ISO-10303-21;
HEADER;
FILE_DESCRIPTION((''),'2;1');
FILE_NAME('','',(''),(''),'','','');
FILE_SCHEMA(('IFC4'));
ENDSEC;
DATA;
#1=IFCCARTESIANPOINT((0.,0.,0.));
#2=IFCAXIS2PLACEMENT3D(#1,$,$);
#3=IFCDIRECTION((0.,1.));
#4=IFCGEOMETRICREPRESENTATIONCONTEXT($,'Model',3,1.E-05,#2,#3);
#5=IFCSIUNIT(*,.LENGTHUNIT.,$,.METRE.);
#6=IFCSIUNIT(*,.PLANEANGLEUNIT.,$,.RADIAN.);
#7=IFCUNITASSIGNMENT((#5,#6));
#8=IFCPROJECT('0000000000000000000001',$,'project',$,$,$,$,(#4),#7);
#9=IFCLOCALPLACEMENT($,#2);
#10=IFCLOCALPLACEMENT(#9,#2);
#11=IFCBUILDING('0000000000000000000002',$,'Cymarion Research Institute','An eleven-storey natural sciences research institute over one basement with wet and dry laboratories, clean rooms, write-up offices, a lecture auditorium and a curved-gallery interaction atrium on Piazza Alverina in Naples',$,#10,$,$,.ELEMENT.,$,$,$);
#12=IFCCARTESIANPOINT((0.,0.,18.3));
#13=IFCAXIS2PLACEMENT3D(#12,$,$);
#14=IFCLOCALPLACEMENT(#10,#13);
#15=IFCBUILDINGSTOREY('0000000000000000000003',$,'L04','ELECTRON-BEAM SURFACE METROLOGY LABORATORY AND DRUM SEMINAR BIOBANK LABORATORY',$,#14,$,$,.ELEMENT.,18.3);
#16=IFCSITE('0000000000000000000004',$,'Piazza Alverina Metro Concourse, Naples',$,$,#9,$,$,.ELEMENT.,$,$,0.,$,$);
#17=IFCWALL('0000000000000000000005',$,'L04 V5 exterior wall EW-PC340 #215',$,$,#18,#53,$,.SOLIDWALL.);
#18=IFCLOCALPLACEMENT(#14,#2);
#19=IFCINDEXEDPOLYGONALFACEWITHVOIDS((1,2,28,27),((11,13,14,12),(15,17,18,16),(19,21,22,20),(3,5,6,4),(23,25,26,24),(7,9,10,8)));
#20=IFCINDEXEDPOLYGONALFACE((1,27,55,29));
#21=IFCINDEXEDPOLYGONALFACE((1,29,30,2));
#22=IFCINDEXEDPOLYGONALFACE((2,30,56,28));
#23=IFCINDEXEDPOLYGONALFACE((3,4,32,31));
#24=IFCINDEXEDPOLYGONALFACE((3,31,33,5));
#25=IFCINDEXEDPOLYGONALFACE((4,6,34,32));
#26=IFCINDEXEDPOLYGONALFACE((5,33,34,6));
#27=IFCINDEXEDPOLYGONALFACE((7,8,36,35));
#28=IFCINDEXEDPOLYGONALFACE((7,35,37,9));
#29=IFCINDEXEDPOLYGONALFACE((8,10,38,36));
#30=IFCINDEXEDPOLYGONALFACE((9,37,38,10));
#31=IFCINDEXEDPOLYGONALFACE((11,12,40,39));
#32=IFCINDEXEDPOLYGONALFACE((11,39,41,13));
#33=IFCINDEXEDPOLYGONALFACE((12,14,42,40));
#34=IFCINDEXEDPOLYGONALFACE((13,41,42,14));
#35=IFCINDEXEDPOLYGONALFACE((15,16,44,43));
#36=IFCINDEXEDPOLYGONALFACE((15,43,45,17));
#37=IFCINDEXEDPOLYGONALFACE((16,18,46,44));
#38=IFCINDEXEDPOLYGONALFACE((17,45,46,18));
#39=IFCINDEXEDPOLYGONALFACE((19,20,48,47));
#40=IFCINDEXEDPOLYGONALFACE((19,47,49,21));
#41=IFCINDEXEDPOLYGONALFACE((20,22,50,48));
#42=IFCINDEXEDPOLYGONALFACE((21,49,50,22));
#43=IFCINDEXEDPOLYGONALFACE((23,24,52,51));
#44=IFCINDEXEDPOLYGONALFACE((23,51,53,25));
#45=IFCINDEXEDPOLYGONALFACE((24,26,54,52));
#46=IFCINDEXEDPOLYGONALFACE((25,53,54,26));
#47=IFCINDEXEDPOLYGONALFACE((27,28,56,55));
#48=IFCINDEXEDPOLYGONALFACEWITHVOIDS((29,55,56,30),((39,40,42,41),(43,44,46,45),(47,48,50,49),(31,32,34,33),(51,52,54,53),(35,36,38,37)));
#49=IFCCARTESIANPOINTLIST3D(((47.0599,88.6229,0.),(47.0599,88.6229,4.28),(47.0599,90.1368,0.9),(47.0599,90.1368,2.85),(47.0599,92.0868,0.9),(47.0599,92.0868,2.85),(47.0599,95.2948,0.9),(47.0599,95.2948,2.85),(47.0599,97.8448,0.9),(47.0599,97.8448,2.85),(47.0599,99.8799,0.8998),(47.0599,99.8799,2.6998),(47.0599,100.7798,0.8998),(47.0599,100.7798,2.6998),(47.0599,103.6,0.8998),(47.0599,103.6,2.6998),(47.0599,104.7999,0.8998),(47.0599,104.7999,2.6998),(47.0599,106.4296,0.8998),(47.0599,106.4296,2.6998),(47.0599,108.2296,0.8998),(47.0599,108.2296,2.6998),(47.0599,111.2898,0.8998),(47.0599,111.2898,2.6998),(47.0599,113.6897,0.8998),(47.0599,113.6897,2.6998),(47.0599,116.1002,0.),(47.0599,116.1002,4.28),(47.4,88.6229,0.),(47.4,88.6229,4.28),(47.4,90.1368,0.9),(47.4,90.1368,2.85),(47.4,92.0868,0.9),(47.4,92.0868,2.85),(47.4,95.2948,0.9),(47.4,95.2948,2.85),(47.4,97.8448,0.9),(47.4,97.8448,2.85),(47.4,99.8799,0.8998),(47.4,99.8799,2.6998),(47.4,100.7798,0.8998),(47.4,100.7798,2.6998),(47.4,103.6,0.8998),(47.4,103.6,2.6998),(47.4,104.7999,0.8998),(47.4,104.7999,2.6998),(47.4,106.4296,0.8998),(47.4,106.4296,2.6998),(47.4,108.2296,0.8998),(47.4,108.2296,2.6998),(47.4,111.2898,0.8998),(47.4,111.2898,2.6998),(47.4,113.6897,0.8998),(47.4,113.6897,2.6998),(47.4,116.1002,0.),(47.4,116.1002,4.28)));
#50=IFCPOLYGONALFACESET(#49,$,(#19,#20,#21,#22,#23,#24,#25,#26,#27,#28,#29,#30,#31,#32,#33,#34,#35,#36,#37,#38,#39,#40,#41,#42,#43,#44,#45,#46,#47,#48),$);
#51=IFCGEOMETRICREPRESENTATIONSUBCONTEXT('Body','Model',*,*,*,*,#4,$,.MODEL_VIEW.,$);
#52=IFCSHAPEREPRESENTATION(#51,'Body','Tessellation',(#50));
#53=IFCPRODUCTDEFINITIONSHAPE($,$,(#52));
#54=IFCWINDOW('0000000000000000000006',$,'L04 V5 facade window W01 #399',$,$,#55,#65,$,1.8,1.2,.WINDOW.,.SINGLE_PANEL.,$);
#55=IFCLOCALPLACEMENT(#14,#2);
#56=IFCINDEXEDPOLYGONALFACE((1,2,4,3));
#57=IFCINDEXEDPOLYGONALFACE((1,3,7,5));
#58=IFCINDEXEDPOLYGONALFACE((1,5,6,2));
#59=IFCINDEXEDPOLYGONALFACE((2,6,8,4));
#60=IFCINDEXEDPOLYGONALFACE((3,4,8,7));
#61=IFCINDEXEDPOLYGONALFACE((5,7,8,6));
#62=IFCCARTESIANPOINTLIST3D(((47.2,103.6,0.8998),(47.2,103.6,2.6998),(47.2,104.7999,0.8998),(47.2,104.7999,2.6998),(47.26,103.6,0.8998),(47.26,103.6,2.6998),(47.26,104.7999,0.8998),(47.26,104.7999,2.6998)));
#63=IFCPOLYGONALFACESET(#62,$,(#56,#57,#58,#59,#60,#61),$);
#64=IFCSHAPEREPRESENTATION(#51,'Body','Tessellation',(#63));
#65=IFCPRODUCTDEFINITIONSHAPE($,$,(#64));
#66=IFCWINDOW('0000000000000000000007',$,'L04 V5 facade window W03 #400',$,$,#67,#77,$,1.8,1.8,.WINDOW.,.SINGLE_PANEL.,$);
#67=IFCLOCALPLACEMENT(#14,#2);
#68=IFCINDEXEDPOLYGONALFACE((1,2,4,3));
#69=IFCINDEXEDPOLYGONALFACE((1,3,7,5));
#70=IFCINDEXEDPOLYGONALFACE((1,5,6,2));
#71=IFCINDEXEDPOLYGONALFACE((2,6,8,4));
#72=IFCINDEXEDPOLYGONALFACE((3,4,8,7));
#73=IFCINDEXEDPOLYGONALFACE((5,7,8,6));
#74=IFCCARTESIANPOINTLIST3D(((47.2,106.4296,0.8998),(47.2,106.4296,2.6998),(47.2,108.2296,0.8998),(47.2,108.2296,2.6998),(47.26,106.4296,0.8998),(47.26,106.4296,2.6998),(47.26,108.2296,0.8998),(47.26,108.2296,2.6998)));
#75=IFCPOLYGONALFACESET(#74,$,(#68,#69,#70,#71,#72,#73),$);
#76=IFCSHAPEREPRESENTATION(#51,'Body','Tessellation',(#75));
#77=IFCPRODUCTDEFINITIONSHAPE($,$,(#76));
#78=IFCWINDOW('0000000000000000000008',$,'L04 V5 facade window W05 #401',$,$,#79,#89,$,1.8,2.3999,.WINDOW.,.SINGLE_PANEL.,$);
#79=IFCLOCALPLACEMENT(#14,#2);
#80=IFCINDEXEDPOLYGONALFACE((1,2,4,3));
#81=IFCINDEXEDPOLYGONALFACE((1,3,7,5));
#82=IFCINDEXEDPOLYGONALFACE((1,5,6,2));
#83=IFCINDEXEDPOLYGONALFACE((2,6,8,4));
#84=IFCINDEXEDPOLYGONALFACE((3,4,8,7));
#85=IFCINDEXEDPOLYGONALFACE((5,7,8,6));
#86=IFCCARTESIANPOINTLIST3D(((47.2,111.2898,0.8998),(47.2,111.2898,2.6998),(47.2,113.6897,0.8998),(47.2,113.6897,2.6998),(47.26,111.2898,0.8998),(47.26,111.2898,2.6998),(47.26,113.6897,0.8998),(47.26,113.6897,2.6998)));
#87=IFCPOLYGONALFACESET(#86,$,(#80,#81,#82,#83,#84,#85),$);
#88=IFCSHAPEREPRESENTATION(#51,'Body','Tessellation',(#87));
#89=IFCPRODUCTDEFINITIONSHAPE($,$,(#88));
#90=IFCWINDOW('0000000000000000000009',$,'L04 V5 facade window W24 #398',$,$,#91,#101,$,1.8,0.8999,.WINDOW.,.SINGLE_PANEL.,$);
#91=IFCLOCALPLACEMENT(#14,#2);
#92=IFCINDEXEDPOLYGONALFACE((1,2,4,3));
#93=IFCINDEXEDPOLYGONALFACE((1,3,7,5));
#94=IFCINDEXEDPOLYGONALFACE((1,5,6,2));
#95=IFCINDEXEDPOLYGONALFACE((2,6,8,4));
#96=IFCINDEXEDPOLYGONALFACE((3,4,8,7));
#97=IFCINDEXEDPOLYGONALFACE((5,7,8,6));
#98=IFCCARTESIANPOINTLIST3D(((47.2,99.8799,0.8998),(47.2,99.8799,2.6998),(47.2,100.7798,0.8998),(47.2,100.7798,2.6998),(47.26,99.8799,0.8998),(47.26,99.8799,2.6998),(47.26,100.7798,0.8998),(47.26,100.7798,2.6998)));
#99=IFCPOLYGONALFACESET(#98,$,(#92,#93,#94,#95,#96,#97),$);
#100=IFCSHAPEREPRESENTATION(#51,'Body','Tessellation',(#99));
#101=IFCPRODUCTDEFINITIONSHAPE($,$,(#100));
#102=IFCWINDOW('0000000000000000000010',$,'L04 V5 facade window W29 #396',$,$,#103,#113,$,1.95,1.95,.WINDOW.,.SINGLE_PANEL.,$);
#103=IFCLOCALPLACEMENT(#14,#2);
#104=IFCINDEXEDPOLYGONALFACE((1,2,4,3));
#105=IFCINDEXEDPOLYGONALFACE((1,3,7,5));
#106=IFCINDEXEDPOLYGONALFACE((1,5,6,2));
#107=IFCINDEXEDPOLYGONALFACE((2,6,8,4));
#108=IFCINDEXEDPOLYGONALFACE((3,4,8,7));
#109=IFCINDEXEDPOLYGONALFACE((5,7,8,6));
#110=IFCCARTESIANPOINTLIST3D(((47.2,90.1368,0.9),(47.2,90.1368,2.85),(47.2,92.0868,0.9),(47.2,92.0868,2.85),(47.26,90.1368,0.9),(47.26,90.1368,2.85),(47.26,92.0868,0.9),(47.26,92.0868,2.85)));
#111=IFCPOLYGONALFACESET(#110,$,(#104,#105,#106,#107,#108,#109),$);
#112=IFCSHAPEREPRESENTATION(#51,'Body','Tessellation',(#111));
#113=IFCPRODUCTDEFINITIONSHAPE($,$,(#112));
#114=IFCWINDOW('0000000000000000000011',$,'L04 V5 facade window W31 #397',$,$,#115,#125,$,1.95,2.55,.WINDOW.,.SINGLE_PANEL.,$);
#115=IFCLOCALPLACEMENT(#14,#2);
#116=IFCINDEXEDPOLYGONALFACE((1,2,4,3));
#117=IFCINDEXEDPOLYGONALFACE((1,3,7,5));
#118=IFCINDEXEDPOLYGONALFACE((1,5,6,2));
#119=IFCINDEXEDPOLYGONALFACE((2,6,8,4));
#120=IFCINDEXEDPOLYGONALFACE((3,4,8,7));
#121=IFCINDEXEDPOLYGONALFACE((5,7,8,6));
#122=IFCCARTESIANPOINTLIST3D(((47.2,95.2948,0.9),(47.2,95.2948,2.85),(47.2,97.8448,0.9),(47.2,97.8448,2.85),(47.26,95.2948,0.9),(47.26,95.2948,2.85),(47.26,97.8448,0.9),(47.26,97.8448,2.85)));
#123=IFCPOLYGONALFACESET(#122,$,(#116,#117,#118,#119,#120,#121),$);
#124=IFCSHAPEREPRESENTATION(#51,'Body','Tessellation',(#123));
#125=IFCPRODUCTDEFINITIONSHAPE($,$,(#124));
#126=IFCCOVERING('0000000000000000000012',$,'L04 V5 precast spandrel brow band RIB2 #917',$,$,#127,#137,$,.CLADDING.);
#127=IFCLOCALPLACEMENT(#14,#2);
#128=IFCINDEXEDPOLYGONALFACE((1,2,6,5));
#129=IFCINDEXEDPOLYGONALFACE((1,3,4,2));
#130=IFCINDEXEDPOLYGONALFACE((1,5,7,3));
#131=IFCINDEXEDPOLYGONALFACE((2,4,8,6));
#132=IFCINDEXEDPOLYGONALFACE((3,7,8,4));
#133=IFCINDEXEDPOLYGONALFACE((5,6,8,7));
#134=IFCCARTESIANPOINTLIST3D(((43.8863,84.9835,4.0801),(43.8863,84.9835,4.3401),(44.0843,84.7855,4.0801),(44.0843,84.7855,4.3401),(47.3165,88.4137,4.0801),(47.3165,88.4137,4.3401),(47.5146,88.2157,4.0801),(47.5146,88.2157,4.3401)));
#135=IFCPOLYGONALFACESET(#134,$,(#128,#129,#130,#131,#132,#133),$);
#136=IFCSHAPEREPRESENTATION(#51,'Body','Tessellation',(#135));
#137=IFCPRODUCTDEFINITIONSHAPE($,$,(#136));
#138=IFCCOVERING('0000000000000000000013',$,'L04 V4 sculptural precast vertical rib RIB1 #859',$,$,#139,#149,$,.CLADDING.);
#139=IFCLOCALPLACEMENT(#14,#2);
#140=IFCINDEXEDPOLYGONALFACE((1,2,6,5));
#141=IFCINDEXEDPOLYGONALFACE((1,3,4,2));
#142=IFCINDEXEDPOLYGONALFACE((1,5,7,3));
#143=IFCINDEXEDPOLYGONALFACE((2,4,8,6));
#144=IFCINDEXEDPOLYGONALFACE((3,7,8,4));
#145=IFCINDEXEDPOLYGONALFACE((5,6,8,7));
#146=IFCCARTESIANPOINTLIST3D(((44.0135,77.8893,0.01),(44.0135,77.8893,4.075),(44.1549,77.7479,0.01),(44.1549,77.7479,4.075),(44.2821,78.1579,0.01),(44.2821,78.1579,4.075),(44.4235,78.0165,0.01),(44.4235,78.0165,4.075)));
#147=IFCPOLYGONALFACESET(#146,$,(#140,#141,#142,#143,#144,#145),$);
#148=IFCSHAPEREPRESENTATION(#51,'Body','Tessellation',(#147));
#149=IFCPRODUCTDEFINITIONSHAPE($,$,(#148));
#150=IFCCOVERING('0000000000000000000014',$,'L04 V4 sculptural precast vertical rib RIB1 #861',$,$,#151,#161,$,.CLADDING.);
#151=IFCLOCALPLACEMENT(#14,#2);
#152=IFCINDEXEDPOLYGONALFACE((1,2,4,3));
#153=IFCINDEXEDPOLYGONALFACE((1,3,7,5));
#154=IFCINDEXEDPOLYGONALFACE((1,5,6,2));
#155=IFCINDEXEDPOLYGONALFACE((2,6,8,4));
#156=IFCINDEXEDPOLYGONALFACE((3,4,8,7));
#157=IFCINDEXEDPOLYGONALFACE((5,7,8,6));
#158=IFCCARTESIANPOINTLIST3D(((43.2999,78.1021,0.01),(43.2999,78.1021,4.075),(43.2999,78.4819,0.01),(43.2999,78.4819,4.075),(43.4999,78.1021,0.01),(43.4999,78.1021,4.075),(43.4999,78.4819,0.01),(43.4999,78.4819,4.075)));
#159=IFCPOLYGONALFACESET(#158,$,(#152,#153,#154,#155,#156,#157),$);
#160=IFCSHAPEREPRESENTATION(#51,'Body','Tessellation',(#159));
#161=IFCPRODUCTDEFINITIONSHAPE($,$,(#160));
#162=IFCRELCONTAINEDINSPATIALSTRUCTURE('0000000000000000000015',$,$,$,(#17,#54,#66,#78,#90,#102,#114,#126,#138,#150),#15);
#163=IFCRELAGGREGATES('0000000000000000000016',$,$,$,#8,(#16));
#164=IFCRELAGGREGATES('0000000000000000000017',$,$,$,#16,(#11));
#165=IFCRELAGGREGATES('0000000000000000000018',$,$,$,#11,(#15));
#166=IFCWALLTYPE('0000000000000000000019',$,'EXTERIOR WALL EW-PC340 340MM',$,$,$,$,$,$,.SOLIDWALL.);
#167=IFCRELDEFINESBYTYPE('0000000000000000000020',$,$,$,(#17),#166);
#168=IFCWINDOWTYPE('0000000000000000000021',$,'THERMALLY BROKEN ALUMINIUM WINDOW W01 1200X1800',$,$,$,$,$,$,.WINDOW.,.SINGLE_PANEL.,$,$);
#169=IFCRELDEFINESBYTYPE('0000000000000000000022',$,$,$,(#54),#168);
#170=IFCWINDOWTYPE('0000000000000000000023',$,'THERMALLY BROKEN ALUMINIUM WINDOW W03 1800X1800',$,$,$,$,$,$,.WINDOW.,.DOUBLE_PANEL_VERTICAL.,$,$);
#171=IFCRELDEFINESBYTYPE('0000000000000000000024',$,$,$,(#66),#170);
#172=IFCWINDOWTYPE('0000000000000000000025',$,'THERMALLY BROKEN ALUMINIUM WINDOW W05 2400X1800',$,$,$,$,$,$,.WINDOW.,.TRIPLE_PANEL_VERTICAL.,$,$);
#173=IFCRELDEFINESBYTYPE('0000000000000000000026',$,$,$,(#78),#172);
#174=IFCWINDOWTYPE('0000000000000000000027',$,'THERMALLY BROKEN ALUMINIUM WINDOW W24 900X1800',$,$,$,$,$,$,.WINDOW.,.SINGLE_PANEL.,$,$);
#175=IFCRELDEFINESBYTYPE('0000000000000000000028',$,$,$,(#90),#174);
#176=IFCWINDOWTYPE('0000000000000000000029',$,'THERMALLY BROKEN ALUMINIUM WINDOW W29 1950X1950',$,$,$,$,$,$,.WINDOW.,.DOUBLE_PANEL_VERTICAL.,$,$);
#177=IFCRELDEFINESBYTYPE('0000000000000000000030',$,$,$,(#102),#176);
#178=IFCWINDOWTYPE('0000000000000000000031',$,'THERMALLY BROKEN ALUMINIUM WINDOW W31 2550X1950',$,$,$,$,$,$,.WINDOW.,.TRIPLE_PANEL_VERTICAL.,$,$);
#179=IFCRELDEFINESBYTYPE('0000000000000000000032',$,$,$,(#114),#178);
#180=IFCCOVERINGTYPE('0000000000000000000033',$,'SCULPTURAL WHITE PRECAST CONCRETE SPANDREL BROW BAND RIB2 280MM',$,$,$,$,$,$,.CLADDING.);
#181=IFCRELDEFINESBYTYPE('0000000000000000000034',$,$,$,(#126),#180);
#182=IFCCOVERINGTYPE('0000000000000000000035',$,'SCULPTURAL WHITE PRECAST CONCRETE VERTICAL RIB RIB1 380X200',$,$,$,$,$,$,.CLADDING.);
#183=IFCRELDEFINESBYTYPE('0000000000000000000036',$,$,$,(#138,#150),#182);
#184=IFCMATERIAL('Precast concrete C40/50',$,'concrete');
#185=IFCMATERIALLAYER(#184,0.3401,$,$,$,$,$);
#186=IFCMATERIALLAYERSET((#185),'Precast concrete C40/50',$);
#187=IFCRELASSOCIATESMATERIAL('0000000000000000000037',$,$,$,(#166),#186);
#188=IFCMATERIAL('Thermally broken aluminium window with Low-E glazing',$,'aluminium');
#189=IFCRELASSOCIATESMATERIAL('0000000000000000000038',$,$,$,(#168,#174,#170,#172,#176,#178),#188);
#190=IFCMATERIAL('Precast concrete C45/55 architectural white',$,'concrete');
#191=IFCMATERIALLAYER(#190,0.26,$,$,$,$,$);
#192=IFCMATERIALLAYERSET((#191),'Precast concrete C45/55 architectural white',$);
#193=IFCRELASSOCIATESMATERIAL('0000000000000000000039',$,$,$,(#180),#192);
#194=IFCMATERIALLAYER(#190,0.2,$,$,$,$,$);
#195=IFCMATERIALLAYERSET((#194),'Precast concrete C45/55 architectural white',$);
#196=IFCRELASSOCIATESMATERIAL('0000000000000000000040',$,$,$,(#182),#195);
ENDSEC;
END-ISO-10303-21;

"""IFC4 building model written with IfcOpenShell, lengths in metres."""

from ifc_helpers import new_model, si_unit, direction, frame, frame_2d, origin, origin_2d, place, context, subcontext, project, spatial, rectangle, extrude, material, layer, layer_set, type_object, element, fill, save


model = new_model("IFC4")

# Units and contexts
model_context = context("Model", 3, precision=1e-05, world=origin(), true_north=direction((0.0, 1.0)))
body_context = subcontext(model_context, "Body", "Model", "MODEL_VIEW")
ifc_project = project(units=[si_unit("LENGTHUNIT", "METRE"), si_unit("PLANEANGLEUNIT", "RADIAN")], contexts=[model_context])

# Site, building, storey
site_placement = place(None, origin())
site = spatial("IfcSite", under=ifc_project, at=site_placement, Name="Piazza Alverina Metro Concourse, Naples", CompositionType="ELEMENT", RefElevation=0.0)
building_placement = place(site_placement, origin())
building = spatial("IfcBuilding", under=site, at=building_placement, Name="Cymarion Research Institute", Description="An eleven-storey natural sciences research institute over one basement with wet and dry laboratories, clean rooms, write-up offices, a lecture auditorium and a curved-gallery interaction atrium on Piazza Alverina in Naples", CompositionType="ELEMENT")
storey_placement = place(building_placement, frame((0.0, 0.0, 18.3)))
storey = spatial("IfcBuildingStorey", under=building, at=storey_placement, Name="L04", Description="ELECTRON-BEAM SURFACE METROLOGY LABORATORY AND DRUM SEMINAR BIOBANK LABORATORY", CompositionType="ELEMENT", Elevation=18.3)

# Wall, openings, windows
ifc_material_1 = material(Name="Precast concrete C40/50", Category="concrete")
ifc_layer_1 = layer(ifc_material_1, 0.3401)
ifc_layer_set_1 = layer_set([ifc_layer_1], Name="Precast concrete C40/50")
wall_type = type_object("IfcWallType", Name="EXTERIOR WALL EW-PC340 340MM", PredefinedType="SOLIDWALL", material=ifc_layer_set_1)
ifc_material_2 = material(Name="Thermally broken aluminium window with Low-E glazing", Category="aluminium")
window_type_1 = type_object("IfcWindowType", Name="THERMALLY BROKEN ALUMINIUM WINDOW W01 1200X1800", PartitioningType="SINGLE_PANEL", PredefinedType="WINDOW", material=ifc_material_2)
window_type_2 = type_object("IfcWindowType", Name="THERMALLY BROKEN ALUMINIUM WINDOW W24 900X1800", PartitioningType="SINGLE_PANEL", PredefinedType="WINDOW", material=ifc_material_2)
wall_1_placement = place(storey_placement, frame((47.23, 88.6228, 0.0), z_axis=(0.0, 0.0, 1.0), x_axis=(0.0, 1.0, 0.0)))
wall_1 = element("IfcWall", 1, at=wall_1_placement, inside=storey, type_object=wall_type, Name="L04 V5 exterior wall EW-PC340 #215", PredefinedType="SOLIDWALL", context=body_context, shape_type="SweptSolid", body=[
    extrude(rectangle(XDim=27.4773, YDim=0.3401, at=frame_2d((13.7388, 0.0))), origin(), (0.0, 0.0, 1.0), 4.28),
])
opening_1_placement = place(wall_1_placement, frame((1.5139, 0.0, 0.8999)))
opening_1 = element("IfcOpeningElement", 2, at=opening_1_placement, cuts=wall_1, PredefinedType="OPENING", context=body_context, shape_type="SweptSolid", body=[
    extrude(rectangle(XDim=1.95, YDim=1.95, at=frame_2d((0.9751, 0.9751))), frame((0.0, 0.1799, 0.0), z_axis=(0.0, -1.0, 0.0), x_axis=(1.0, 0.0, 0.0)), (0.0, 0.0, 1.0), 0.3601),
])
opening_2_placement = place(wall_1_placement, frame((6.6721, 0.0, 0.8999)))
opening_2 = element("IfcOpeningElement", 3, at=opening_2_placement, cuts=wall_1, PredefinedType="OPENING", context=body_context, shape_type="SweptSolid", body=[
    extrude(rectangle(XDim=2.55, YDim=1.95, at=frame_2d((1.2749, 0.9751))), frame((0.0, 0.1799, 0.0), z_axis=(0.0, -1.0, 0.0), x_axis=(1.0, 0.0, 0.0)), (0.0, 0.0, 1.0), 0.3601),
])
opening_3_placement = place(wall_1_placement, frame((11.2571, 0.0, 0.8999)))
opening_3 = element("IfcOpeningElement", 4, at=opening_3_placement, cuts=wall_1, PredefinedType="OPENING", context=body_context, shape_type="SweptSolid", body=[
    extrude(rectangle(XDim=0.8999, YDim=1.8, at=frame_2d((0.45, 0.8999))), frame((0.0, 0.1799, 0.0), z_axis=(0.0, -1.0, 0.0), x_axis=(1.0, 0.0, 0.0)), (0.0, 0.0, 1.0), 0.3601),
])
opening_4_placement = place(wall_1_placement, frame((14.9771, 0.0, 0.8999)))
opening_4 = element("IfcOpeningElement", 5, at=opening_4_placement, cuts=wall_1, PredefinedType="OPENING", context=body_context, shape_type="SweptSolid", body=[
    extrude(rectangle(XDim=1.2, YDim=1.8, at=frame_2d((0.6001, 0.8999))), frame((0.0, 0.1799, 0.0), z_axis=(0.0, -1.0, 0.0), x_axis=(1.0, 0.0, 0.0)), (0.0, 0.0, 1.0), 0.3601),
])
opening_5_placement = place(wall_1_placement, frame((17.8069, 0.0, 0.8999)))
opening_5 = element("IfcOpeningElement", 6, at=opening_5_placement, cuts=wall_1, PredefinedType="OPENING", context=body_context, shape_type="SweptSolid", body=[
    extrude(rectangle(XDim=1.8, YDim=1.8, at=frame_2d((0.8999, 0.8999))), frame((0.0, 0.1799, 0.0), z_axis=(0.0, -1.0, 0.0), x_axis=(1.0, 0.0, 0.0)), (0.0, 0.0, 1.0), 0.3601),
])
opening_6_placement = place(wall_1_placement, frame((22.667, 0.0, 0.8999)))
opening_6 = element("IfcOpeningElement", 7, at=opening_6_placement, cuts=wall_1, PredefinedType="OPENING", context=body_context, shape_type="SweptSolid", body=[
    extrude(rectangle(XDim=2.3999, YDim=1.8, at=frame_2d((1.2, 0.8999))), frame((0.0, 0.1799, 0.0), z_axis=(0.0, -1.0, 0.0), x_axis=(1.0, 0.0, 0.0)), (0.0, 0.0, 1.0), 0.3601),
])
window_1_placement = place(opening_4_placement, origin())
window_1 = element("IfcWindow", 8, at=window_1_placement, inside=storey, type_object=window_type_1, Name="L04 V5 facade window W01 #399", OverallHeight=1.8, OverallWidth=1.2, PartitioningType="SINGLE_PANEL", PredefinedType="WINDOW", context=body_context, shape_type="SweptSolid", body=[
    extrude(rectangle(XDim=1.2, YDim=1.8, at=frame_2d((0.6001, 0.8999))), frame((0.0, 0.03, 0.0), z_axis=(0.0, -1.0, 0.0), x_axis=(1.0, 0.0, 0.0)), (0.0, 0.0, 1.0), 0.0601),
])
fill(opening_4, window_1)
window_type_3 = type_object("IfcWindowType", Name="THERMALLY BROKEN ALUMINIUM WINDOW W03 1800X1800", PartitioningType="DOUBLE_PANEL_VERTICAL", PredefinedType="WINDOW", material=ifc_material_2)
window_2_placement = place(opening_5_placement, origin())
window_2 = element("IfcWindow", 9, at=window_2_placement, inside=storey, type_object=window_type_3, Name="L04 V5 facade window W03 #400", OverallHeight=1.8, OverallWidth=1.8, PartitioningType="SINGLE_PANEL", PredefinedType="WINDOW", context=body_context, shape_type="SweptSolid", body=[
    extrude(rectangle(XDim=1.8, YDim=1.8, at=frame_2d((0.8999, 0.8999))), frame((0.0, 0.03, 0.0), z_axis=(0.0, -1.0, 0.0), x_axis=(1.0, 0.0, 0.0)), (0.0, 0.0, 1.0), 0.0601),
])
fill(opening_5, window_2)
window_type_4 = type_object("IfcWindowType", Name="THERMALLY BROKEN ALUMINIUM WINDOW W05 2400X1800", PartitioningType="TRIPLE_PANEL_VERTICAL", PredefinedType="WINDOW", material=ifc_material_2)
window_3_placement = place(opening_6_placement, origin())
window_3 = element("IfcWindow", 10, at=window_3_placement, inside=storey, type_object=window_type_4, Name="L04 V5 facade window W05 #401", OverallHeight=1.8, OverallWidth=2.3999, PartitioningType="SINGLE_PANEL", PredefinedType="WINDOW", context=body_context, shape_type="SweptSolid", body=[
    extrude(rectangle(XDim=2.3999, YDim=1.8, at=frame_2d((1.2, 0.8999))), frame((0.0, 0.03, 0.0), z_axis=(0.0, -1.0, 0.0), x_axis=(1.0, 0.0, 0.0)), (0.0, 0.0, 1.0), 0.0601),
])
fill(opening_6, window_3)
window_4_placement = place(opening_3_placement, origin())
window_4 = element("IfcWindow", 11, at=window_4_placement, inside=storey, type_object=window_type_2, Name="L04 V5 facade window W24 #398", OverallHeight=1.8, OverallWidth=0.8999, PartitioningType="SINGLE_PANEL", PredefinedType="WINDOW", context=body_context, shape_type="SweptSolid", body=[
    extrude(rectangle(XDim=0.8999, YDim=1.8, at=frame_2d((0.45, 0.8999))), frame((0.0, 0.03, 0.0), z_axis=(0.0, -1.0, 0.0), x_axis=(1.0, 0.0, 0.0)), (0.0, 0.0, 1.0), 0.0601),
])
fill(opening_3, window_4)
window_type_5 = type_object("IfcWindowType", Name="THERMALLY BROKEN ALUMINIUM WINDOW W29 1950X1950", PartitioningType="DOUBLE_PANEL_VERTICAL", PredefinedType="WINDOW", material=ifc_material_2)
window_5_placement = place(opening_1_placement, origin())
window_5 = element("IfcWindow", 12, at=window_5_placement, inside=storey, type_object=window_type_5, Name="L04 V5 facade window W29 #396", OverallHeight=1.95, OverallWidth=1.95, PartitioningType="SINGLE_PANEL", PredefinedType="WINDOW", context=body_context, shape_type="SweptSolid", body=[
    extrude(rectangle(XDim=1.95, YDim=1.95, at=frame_2d((0.9751, 0.9751))), frame((0.0, 0.03, 0.0), z_axis=(0.0, -1.0, 0.0), x_axis=(1.0, 0.0, 0.0)), (0.0, 0.0, 1.0), 0.0601),
])
fill(opening_1, window_5)
window_type_6 = type_object("IfcWindowType", Name="THERMALLY BROKEN ALUMINIUM WINDOW W31 2550X1950", PartitioningType="TRIPLE_PANEL_VERTICAL", PredefinedType="WINDOW", material=ifc_material_2)
window_6_placement = place(opening_2_placement, origin())
window_6 = element("IfcWindow", 13, at=window_6_placement, inside=storey, type_object=window_type_6, Name="L04 V5 facade window W31 #397", OverallHeight=1.95, OverallWidth=2.55, PartitioningType="SINGLE_PANEL", PredefinedType="WINDOW", context=body_context, shape_type="SweptSolid", body=[
    extrude(rectangle(XDim=2.55, YDim=1.95, at=frame_2d((1.2749, 0.9751))), frame((0.0, 0.03, 0.0), z_axis=(0.0, -1.0, 0.0), x_axis=(1.0, 0.0, 0.0)), (0.0, 0.0, 1.0), 0.0601),
])
fill(opening_2, window_6)

# Coverings
ifc_material_3 = material(Name="Precast concrete C45/55 architectural white", Category="concrete")
ifc_layer_2 = layer(ifc_material_3, 0.26)
ifc_layer_set_2 = layer_set([ifc_layer_2], Name="Precast concrete C45/55 architectural white")
covering_type_1 = type_object("IfcCoveringType", Name="SCULPTURAL WHITE PRECAST CONCRETE SPANDREL BROW BAND RIB2 280MM", PredefinedType="CLADDING", material=ifc_layer_set_2)
covering_placement = place(storey_placement, frame((45.7004, 86.5996, 4.0801), z_axis=(0.0, 0.0, 1.0), x_axis=(0.707107, -0.707107, 0.0)))
element("IfcCovering", 14, at=covering_placement, inside=storey, type_object=covering_type_1, Name="L04 V5 precast spandrel brow band RIB2 #917", PredefinedType="CLADDING", context=body_context, shape_type="SweptSolid", body=[
    extrude(rectangle(XDim=0.28, YDim=4.8511, at=origin_2d()), origin(), (0.0, 0.0, 1.0), 0.26),
])
ifc_layer_3 = layer(ifc_material_3, 0.2)
ifc_layer_set_3 = layer_set([ifc_layer_3], Name="Precast concrete C45/55 architectural white")
covering_type_2 = type_object("IfcCoveringType", Name="SCULPTURAL WHITE PRECAST CONCRETE VERTICAL RIB RIB1 380X200", PredefinedType="CLADDING", material=ifc_layer_set_3)
for number, where, z_axis, x_axis, name in (
    (15, (44.2185, 77.9529, 0.01), (0.0, 0.0, 1.0), (0.707107, 0.707107, 0.0), "L04 V4 sculptural precast vertical rib RIB1 #859"),
    (16, (43.3999, 78.292, 0.01), (0.0, 0.0, 1.0), (0.0, 1.0, 0.0), "L04 V4 sculptural precast vertical rib RIB1 #861"),
):
    element("IfcCovering", number, at=place(storey_placement, frame(where, z_axis=z_axis, x_axis=x_axis)), inside=storey, type_object=covering_type_2, Name=name, PredefinedType="CLADDING", context=body_context, shape_type="SweptSolid", body=[
        extrude(rectangle(XDim=0.3799, YDim=0.2, at=origin_2d()), origin(), (0.0, 0.0, 1.0), 4.0649),
    ])

save(model, "model.ifc")
